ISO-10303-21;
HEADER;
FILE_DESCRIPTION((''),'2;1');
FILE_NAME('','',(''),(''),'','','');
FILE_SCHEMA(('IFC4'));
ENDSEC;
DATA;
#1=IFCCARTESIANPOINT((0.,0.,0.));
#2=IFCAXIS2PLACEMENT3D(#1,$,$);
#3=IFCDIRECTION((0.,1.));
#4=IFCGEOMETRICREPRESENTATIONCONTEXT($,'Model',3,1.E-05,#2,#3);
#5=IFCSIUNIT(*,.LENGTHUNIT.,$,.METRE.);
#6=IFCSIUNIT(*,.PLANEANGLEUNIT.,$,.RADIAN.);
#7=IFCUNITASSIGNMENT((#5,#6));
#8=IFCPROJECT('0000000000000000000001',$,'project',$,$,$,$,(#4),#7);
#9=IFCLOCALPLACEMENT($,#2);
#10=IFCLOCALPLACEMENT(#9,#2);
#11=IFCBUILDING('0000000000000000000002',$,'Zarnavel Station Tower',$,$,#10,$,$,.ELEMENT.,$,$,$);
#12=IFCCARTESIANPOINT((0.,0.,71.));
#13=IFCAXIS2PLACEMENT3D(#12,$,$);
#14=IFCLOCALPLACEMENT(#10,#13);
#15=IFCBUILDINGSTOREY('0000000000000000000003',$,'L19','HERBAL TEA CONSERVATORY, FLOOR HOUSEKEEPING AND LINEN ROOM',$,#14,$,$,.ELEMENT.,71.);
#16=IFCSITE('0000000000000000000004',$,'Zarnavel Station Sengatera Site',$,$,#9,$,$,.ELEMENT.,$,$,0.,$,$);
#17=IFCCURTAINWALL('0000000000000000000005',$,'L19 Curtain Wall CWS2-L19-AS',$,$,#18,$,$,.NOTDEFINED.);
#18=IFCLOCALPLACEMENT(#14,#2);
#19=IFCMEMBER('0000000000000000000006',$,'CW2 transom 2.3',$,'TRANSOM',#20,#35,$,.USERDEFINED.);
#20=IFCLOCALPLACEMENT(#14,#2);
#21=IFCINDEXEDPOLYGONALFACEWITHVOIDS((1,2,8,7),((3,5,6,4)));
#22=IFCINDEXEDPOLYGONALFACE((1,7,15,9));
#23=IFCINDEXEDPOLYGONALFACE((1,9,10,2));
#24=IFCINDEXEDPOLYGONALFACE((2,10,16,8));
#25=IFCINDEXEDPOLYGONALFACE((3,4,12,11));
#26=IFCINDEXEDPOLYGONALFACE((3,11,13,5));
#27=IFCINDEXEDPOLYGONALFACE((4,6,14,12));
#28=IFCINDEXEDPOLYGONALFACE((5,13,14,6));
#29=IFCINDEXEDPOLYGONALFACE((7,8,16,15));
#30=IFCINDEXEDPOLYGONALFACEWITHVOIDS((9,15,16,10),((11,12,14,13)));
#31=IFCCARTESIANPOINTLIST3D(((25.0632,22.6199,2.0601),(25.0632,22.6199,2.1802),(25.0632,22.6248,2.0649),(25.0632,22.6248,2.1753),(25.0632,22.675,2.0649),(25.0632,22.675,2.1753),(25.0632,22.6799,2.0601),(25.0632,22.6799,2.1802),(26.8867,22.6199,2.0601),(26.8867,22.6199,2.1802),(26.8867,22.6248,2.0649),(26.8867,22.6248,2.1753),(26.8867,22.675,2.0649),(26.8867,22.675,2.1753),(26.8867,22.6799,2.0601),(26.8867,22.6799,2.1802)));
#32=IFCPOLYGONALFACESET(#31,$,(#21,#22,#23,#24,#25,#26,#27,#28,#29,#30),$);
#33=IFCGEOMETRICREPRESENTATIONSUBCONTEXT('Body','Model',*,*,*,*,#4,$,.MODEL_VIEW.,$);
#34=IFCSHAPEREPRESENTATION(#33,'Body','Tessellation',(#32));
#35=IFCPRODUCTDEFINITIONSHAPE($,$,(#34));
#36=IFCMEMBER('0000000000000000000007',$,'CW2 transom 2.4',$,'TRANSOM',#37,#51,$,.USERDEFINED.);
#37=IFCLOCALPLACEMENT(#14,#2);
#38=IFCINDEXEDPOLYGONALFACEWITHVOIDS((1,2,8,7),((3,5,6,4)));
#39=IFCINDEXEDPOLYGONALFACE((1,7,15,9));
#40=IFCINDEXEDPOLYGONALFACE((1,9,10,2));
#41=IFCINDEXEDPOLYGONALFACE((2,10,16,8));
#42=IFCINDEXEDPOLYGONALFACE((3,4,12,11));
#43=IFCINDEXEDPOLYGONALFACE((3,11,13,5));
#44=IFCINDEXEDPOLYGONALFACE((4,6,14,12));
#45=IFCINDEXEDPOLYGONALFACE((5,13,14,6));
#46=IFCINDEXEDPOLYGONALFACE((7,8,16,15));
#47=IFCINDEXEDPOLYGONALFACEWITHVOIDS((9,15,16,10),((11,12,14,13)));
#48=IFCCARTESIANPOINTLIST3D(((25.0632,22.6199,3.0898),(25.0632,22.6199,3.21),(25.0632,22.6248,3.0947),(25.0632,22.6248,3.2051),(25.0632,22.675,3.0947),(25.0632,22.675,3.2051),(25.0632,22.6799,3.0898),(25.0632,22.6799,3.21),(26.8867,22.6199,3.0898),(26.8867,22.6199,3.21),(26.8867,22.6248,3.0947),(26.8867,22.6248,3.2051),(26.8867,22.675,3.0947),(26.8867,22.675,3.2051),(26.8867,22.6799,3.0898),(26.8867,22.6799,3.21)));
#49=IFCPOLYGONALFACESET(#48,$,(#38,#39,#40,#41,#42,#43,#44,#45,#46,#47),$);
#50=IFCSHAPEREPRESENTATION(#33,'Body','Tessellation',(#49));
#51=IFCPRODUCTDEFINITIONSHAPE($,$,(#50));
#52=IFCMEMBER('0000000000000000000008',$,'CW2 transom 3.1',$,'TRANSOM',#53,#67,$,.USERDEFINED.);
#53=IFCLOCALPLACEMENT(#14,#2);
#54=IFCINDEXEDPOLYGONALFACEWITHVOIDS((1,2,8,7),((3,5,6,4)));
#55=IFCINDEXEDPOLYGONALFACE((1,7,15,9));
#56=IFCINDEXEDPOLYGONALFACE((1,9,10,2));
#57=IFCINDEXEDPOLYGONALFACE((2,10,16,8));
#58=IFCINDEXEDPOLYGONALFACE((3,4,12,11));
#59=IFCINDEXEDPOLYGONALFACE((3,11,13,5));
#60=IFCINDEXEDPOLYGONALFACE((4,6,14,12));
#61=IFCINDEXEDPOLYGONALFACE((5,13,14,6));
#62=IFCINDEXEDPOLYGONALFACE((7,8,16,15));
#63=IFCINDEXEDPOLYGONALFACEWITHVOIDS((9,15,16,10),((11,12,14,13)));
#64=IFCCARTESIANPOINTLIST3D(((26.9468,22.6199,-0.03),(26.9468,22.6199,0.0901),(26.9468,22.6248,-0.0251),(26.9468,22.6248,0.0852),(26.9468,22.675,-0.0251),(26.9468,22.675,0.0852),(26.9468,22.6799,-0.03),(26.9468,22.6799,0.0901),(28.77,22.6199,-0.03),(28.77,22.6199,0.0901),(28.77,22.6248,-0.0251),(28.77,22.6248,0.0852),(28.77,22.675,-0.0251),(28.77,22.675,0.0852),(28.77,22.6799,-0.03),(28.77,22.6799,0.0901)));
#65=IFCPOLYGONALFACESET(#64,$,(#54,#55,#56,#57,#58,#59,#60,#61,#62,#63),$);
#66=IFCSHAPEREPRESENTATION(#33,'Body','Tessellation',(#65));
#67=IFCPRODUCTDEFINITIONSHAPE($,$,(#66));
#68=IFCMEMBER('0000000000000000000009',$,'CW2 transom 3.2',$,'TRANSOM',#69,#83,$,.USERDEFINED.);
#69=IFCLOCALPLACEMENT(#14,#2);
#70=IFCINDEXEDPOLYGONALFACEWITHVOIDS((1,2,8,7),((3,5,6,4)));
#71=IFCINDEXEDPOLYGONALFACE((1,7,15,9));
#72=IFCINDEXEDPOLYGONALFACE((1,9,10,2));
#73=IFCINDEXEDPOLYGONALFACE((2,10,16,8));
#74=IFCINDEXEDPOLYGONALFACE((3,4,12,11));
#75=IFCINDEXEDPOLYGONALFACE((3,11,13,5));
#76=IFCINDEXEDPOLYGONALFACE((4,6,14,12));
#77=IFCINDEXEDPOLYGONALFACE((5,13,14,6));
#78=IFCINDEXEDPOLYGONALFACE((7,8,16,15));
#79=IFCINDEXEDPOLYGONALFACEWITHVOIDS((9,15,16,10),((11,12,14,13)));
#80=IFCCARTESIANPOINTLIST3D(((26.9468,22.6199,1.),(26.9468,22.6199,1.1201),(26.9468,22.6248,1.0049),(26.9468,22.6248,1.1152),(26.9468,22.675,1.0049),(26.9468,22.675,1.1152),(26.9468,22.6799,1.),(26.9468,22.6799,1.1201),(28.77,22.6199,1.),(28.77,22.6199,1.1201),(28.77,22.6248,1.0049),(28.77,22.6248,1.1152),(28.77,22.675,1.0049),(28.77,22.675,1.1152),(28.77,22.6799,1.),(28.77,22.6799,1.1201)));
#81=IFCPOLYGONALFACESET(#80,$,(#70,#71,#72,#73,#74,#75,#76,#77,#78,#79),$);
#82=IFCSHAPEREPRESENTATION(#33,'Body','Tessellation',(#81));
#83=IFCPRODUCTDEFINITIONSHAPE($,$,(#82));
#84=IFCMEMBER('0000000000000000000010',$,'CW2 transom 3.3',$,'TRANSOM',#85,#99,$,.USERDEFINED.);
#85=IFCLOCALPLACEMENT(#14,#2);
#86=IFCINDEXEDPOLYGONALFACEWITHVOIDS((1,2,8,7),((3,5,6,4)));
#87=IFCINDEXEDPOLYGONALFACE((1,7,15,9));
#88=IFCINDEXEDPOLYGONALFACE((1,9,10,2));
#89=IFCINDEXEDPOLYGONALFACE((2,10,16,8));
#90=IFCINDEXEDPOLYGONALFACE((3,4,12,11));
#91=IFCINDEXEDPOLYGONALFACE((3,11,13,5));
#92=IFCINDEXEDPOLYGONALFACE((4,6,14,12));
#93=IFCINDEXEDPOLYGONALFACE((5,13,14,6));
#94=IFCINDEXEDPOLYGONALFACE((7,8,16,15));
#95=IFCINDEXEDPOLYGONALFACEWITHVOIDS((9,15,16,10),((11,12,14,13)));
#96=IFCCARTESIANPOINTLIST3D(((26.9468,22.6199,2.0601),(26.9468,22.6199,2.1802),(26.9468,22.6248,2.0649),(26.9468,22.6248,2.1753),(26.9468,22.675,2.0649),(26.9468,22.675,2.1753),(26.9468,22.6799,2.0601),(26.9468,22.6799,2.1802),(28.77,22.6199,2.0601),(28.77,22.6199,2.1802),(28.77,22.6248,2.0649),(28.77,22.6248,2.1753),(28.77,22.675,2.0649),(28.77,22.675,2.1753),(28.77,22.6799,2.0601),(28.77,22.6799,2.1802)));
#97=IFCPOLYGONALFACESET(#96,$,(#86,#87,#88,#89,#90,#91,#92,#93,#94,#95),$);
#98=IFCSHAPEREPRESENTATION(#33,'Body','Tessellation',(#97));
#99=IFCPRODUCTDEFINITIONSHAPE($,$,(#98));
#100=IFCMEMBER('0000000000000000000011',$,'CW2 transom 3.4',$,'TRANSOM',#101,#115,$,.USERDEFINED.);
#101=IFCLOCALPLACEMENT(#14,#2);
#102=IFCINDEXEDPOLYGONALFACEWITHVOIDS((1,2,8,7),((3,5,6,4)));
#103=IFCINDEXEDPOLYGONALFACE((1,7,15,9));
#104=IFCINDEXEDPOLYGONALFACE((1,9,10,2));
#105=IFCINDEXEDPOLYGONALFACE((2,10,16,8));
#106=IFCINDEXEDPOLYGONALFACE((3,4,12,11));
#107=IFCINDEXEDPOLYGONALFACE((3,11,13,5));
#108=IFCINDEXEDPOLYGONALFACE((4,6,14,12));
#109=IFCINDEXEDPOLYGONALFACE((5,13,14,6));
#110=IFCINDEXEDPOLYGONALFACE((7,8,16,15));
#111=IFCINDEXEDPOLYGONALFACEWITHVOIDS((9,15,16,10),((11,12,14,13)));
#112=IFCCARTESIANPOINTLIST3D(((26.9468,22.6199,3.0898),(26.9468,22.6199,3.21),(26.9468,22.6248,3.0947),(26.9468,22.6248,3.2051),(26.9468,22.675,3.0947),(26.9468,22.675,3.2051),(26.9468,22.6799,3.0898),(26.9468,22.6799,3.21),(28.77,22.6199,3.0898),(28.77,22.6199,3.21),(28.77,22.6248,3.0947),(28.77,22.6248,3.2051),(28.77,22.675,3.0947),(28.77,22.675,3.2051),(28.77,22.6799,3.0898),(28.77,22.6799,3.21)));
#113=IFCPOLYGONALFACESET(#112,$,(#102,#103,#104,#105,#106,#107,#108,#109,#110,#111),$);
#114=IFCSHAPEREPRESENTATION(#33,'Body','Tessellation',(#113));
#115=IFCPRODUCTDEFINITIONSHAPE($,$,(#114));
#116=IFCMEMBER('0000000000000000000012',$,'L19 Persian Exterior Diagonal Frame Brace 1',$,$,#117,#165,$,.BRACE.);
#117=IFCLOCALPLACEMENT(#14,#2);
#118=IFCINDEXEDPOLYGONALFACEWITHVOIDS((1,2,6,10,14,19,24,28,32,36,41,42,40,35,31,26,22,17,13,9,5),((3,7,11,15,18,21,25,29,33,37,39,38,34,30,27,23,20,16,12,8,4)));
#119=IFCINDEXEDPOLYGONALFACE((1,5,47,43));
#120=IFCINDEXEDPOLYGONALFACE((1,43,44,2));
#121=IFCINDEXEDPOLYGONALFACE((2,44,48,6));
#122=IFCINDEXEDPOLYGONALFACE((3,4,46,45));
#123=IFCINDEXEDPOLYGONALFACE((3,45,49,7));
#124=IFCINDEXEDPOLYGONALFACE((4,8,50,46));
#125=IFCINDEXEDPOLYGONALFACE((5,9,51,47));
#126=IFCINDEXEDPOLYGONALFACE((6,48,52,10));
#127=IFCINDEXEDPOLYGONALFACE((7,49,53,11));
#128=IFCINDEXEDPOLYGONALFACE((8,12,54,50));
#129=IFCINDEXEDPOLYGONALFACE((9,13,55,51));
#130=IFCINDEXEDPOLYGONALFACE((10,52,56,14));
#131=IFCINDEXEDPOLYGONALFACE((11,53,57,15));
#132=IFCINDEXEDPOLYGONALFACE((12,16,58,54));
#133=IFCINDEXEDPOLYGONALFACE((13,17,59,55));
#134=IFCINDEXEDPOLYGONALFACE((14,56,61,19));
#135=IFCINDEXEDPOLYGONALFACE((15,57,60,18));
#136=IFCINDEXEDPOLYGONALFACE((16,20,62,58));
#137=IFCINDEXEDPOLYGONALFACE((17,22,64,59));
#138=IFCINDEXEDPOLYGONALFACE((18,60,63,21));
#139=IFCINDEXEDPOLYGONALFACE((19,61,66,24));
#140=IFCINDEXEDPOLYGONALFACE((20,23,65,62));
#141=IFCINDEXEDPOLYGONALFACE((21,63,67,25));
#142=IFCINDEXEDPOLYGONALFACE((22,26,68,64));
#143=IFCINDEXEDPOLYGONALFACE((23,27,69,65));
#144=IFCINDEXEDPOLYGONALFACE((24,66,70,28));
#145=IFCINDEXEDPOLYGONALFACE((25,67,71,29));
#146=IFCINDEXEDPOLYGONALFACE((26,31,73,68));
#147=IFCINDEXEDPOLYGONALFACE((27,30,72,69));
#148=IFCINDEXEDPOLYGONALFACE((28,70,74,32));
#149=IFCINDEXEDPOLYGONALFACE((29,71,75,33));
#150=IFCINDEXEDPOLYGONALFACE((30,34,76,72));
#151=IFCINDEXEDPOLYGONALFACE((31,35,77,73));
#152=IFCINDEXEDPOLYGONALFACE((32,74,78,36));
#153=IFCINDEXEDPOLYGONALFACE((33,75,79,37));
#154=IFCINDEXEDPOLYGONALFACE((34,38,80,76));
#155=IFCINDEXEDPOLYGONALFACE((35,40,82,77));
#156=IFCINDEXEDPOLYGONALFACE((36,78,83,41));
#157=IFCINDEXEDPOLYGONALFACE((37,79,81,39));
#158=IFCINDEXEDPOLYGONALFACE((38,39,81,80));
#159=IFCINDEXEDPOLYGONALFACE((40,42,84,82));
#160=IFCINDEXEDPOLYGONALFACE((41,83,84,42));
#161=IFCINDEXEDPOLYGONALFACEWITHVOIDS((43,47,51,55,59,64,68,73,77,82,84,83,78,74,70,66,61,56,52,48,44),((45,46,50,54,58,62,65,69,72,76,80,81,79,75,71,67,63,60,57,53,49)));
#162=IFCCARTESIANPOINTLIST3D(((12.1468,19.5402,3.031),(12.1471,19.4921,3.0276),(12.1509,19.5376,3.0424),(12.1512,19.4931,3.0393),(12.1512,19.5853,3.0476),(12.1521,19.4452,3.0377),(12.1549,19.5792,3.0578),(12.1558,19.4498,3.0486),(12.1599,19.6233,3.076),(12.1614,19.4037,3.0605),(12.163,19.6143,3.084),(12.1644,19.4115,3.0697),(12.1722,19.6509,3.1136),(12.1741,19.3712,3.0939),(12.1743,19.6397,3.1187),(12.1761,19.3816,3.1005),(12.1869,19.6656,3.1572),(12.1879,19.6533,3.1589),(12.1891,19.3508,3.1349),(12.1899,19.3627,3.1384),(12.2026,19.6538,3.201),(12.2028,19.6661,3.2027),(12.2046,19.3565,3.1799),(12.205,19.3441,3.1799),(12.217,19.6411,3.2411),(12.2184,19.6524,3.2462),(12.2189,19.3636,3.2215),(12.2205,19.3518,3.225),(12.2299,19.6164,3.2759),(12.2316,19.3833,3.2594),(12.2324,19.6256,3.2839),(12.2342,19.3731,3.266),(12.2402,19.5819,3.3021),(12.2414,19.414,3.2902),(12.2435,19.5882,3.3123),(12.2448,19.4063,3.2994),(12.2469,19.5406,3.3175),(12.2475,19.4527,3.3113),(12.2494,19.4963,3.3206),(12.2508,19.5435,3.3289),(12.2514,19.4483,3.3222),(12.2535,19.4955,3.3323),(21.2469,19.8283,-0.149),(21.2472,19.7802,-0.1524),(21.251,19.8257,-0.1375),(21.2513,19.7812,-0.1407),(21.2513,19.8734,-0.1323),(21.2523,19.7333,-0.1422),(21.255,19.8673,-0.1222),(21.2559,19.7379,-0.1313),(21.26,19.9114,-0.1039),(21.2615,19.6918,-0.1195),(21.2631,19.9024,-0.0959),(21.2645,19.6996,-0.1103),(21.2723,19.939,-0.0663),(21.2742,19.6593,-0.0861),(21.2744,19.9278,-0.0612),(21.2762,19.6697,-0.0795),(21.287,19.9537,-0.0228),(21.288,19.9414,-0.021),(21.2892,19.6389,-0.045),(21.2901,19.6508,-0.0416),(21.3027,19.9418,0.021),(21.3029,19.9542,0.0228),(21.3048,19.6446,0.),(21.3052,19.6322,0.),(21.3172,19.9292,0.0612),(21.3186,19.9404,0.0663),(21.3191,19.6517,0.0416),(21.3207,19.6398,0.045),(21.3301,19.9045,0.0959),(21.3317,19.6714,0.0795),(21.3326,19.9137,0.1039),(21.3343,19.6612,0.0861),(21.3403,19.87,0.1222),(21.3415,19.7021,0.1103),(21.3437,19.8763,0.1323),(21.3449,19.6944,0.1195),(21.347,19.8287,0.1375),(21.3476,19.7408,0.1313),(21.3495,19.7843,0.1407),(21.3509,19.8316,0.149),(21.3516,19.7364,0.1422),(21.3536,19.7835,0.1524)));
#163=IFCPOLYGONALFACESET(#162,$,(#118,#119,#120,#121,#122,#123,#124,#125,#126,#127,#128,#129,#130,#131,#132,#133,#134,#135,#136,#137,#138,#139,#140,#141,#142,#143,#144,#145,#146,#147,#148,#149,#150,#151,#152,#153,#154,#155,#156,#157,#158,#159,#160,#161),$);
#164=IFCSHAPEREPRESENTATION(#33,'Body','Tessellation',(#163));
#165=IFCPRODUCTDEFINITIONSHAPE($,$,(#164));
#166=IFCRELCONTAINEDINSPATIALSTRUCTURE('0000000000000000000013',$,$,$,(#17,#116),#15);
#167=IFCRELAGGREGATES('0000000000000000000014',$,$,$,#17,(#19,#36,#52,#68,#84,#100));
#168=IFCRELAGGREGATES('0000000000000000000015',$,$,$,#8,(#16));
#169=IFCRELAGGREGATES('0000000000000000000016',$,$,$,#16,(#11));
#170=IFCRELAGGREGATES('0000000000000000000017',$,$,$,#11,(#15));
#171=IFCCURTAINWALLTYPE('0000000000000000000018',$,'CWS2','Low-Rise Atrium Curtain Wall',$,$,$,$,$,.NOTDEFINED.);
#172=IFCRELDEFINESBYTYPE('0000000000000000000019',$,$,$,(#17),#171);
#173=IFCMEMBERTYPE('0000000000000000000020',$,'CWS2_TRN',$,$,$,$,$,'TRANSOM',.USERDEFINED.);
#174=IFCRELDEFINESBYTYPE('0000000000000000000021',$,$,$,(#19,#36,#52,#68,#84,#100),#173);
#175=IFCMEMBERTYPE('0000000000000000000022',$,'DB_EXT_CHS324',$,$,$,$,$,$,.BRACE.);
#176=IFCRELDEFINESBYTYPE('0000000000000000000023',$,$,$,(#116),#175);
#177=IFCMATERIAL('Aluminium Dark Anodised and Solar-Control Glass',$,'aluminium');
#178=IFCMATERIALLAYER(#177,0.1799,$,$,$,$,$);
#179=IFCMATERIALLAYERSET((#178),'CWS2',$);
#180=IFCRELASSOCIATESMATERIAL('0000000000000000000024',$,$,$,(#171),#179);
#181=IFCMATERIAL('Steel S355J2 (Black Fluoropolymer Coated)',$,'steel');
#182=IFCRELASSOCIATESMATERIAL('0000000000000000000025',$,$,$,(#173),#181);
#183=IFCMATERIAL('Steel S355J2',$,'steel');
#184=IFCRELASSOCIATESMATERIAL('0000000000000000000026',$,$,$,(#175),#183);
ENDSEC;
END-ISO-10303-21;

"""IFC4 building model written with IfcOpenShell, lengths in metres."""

from ifc_helpers import new_model, si_unit, direction, frame, origin, origin_2d, place, context, subcontext, project, spatial, hollow_rectangle, hollow_circle, extrude, material, layer, layer_set, material_profile, profile_set, type_object, element, aggregate, save


model = new_model("IFC4")

# Units and contexts
model_context = context("Model", 3, precision=1e-05, world=origin(), true_north=direction((0.0, 1.0)))
body_context = subcontext(model_context, "Body", "Model", "MODEL_VIEW")
ifc_project = project(units=[si_unit("LENGTHUNIT", "METRE"), si_unit("PLANEANGLEUNIT", "RADIAN")], contexts=[model_context])

# Site, building, storey
site_placement = place(None, origin())
site = spatial("IfcSite", under=ifc_project, at=site_placement, Name="Zarnavel Station Sengatera Site", CompositionType="ELEMENT", RefElevation=0.0)
building_placement = place(site_placement, origin())
building = spatial("IfcBuilding", under=site, at=building_placement, Name="Zarnavel Station Tower", CompositionType="ELEMENT")
storey_placement = place(building_placement, frame((0.0, 0.0, 71.0)))
storey = spatial("IfcBuildingStorey", under=building, at=storey_placement, Name="L19", Description="HERBAL TEA CONSERVATORY, FLOOR HOUSEKEEPING AND LINEN ROOM", CompositionType="ELEMENT", Elevation=71.0)

# Curtain wall, members
ifc_material_1 = material(Name="Aluminium Dark Anodised and Solar-Control Glass", Category="aluminium")
ifc_layer_1 = layer(ifc_material_1, 0.1799)
ifc_layer_set_1 = layer_set([ifc_layer_1], Name="CWS2")
curtain_wall_type = type_object("IfcCurtainWallType", Name="CWS2", Description="Low-Rise Atrium Curtain Wall", PredefinedType="NOTDEFINED", material=ifc_layer_set_1)
curtain_wall_placement = place(storey_placement, origin())
curtain_wall = element("IfcCurtainWall", 1, at=curtain_wall_placement, inside=storey, type_object=curtain_wall_type, Name="L19 Curtain Wall CWS2-L19-AS", PredefinedType="NOTDEFINED")
ifc_material_2 = material(Name="Steel S355J2 (Black Fluoropolymer Coated)", Category="steel")
ifc_material_profile_1 = material_profile(ifc_material_2, hollow_rectangle(XDim=0.0601, YDim=0.1201, WallThickness=0.0049, at=origin_2d()), Name="RHS120x60x5")
ifc_profile_set_1 = profile_set([ifc_material_profile_1], Name="Steel S355J2 (Black Fluoropolymer Coated)")
member_type_1 = type_object("IfcMemberType", Name="CWS2_TRN", ElementType="TRANSOM", PredefinedType="USERDEFINED", material=ifc_profile_set_1)
member_1_placement = place(storey_placement, frame((25.0632, 22.6499, 2.1201), z_axis=(1.0, 0.0, 0.0), x_axis=(0.0, 1.0, 0.0)))
member_1 = element("IfcMember", 2, at=member_1_placement, type_object=member_type_1, Name="CW2 transom 2.3", ObjectType="TRANSOM", PredefinedType="USERDEFINED", context=body_context, shape_type="SweptSolid", body=[
    extrude(hollow_rectangle(XDim=0.0601, YDim=0.1201, WallThickness=0.0049, at=origin_2d()), origin(), (0.0, 0.0, 1.0), 1.8235),
])
member_2_placement = place(storey_placement, frame((25.0632, 22.6499, 3.1499), z_axis=(1.0, 0.0, 0.0), x_axis=(0.0, 1.0, 0.0)))
member_2 = element("IfcMember", 3, at=member_2_placement, type_object=member_type_1, Name="CW2 transom 2.4", ObjectType="TRANSOM", PredefinedType="USERDEFINED", context=body_context, shape_type="SweptSolid", body=[
    extrude(hollow_rectangle(XDim=0.0601, YDim=0.1201, WallThickness=0.0049, at=origin_2d()), origin(), (0.0, 0.0, 1.0), 1.8235),
])
member_3_placement = place(storey_placement, frame((26.9468, 22.6499, 0.03), z_axis=(1.0, 0.0, 0.0), x_axis=(0.0, 1.0, 0.0)))
member_3 = element("IfcMember", 4, at=member_3_placement, type_object=member_type_1, Name="CW2 transom 3.1", ObjectType="TRANSOM", PredefinedType="USERDEFINED", context=body_context, shape_type="SweptSolid", body=[
    extrude(hollow_rectangle(XDim=0.0601, YDim=0.1201, WallThickness=0.0049, at=origin_2d()), origin(), (0.0, 0.0, 1.0), 1.8232),
])
member_4_placement = place(storey_placement, frame((26.9468, 22.6499, 1.0601), z_axis=(1.0, 0.0, 0.0), x_axis=(0.0, 1.0, 0.0)))
member_4 = element("IfcMember", 5, at=member_4_placement, type_object=member_type_1, Name="CW2 transom 3.2", ObjectType="TRANSOM", PredefinedType="USERDEFINED", context=body_context, shape_type="SweptSolid", body=[
    extrude(hollow_rectangle(XDim=0.0601, YDim=0.1201, WallThickness=0.0049, at=origin_2d()), origin(), (0.0, 0.0, 1.0), 1.8232),
])
member_5_placement = place(storey_placement, frame((26.9468, 22.6499, 2.1201), z_axis=(1.0, 0.0, 0.0), x_axis=(0.0, 1.0, 0.0)))
member_5 = element("IfcMember", 6, at=member_5_placement, type_object=member_type_1, Name="CW2 transom 3.3", ObjectType="TRANSOM", PredefinedType="USERDEFINED", context=body_context, shape_type="SweptSolid", body=[
    extrude(hollow_rectangle(XDim=0.0601, YDim=0.1201, WallThickness=0.0049, at=origin_2d()), origin(), (0.0, 0.0, 1.0), 1.8232),
])
member_6_placement = place(storey_placement, frame((26.9468, 22.6499, 3.1499), z_axis=(1.0, 0.0, 0.0), x_axis=(0.0, 1.0, 0.0)))
member_6 = element("IfcMember", 7, at=member_6_placement, type_object=member_type_1, Name="CW2 transom 3.4", ObjectType="TRANSOM", PredefinedType="USERDEFINED", context=body_context, shape_type="SweptSolid", body=[
    extrude(hollow_rectangle(XDim=0.0601, YDim=0.1201, WallThickness=0.0049, at=origin_2d()), origin(), (0.0, 0.0, 1.0), 1.8232),
])

# Member
ifc_material_3 = material(Name="Steel S355J2", Category="steel")
ifc_material_profile_2 = material_profile(ifc_material_3, hollow_circle(Radius=0.1619, WallThickness=0.0125, at=origin_2d()), Name="CHS323.9x12.5")
ifc_profile_set_2 = profile_set([ifc_material_profile_2], Name="Steel S355J2")
member_type_2 = type_object("IfcMemberType", Name="DB_EXT_CHS324", PredefinedType="BRACE", material=ifc_profile_set_2)
member_7_placement = place(storey_placement, frame((21.3, 19.7939, 0.0), z_axis=(-0.943602, -0.029872, 0.329732), x_axis=(0.031642, -0.999499, 0.0)))
element("IfcMember", 8, at=member_7_placement, inside=storey, type_object=member_type_2, Name="L19 Persian Exterior Diagonal Frame Brace 1", PredefinedType="BRACE", context=body_context, shape_type="SweptSolid", body=[
    extrude(hollow_circle(Radius=0.1619, WallThickness=0.0125, at=origin_2d()), origin(), (0.0, 0.0, 1.0), 9.644),
])

aggregate(curtain_wall, [member_1, member_2, member_3, member_4, member_5, member_6])

save(model, "model.ifc")
